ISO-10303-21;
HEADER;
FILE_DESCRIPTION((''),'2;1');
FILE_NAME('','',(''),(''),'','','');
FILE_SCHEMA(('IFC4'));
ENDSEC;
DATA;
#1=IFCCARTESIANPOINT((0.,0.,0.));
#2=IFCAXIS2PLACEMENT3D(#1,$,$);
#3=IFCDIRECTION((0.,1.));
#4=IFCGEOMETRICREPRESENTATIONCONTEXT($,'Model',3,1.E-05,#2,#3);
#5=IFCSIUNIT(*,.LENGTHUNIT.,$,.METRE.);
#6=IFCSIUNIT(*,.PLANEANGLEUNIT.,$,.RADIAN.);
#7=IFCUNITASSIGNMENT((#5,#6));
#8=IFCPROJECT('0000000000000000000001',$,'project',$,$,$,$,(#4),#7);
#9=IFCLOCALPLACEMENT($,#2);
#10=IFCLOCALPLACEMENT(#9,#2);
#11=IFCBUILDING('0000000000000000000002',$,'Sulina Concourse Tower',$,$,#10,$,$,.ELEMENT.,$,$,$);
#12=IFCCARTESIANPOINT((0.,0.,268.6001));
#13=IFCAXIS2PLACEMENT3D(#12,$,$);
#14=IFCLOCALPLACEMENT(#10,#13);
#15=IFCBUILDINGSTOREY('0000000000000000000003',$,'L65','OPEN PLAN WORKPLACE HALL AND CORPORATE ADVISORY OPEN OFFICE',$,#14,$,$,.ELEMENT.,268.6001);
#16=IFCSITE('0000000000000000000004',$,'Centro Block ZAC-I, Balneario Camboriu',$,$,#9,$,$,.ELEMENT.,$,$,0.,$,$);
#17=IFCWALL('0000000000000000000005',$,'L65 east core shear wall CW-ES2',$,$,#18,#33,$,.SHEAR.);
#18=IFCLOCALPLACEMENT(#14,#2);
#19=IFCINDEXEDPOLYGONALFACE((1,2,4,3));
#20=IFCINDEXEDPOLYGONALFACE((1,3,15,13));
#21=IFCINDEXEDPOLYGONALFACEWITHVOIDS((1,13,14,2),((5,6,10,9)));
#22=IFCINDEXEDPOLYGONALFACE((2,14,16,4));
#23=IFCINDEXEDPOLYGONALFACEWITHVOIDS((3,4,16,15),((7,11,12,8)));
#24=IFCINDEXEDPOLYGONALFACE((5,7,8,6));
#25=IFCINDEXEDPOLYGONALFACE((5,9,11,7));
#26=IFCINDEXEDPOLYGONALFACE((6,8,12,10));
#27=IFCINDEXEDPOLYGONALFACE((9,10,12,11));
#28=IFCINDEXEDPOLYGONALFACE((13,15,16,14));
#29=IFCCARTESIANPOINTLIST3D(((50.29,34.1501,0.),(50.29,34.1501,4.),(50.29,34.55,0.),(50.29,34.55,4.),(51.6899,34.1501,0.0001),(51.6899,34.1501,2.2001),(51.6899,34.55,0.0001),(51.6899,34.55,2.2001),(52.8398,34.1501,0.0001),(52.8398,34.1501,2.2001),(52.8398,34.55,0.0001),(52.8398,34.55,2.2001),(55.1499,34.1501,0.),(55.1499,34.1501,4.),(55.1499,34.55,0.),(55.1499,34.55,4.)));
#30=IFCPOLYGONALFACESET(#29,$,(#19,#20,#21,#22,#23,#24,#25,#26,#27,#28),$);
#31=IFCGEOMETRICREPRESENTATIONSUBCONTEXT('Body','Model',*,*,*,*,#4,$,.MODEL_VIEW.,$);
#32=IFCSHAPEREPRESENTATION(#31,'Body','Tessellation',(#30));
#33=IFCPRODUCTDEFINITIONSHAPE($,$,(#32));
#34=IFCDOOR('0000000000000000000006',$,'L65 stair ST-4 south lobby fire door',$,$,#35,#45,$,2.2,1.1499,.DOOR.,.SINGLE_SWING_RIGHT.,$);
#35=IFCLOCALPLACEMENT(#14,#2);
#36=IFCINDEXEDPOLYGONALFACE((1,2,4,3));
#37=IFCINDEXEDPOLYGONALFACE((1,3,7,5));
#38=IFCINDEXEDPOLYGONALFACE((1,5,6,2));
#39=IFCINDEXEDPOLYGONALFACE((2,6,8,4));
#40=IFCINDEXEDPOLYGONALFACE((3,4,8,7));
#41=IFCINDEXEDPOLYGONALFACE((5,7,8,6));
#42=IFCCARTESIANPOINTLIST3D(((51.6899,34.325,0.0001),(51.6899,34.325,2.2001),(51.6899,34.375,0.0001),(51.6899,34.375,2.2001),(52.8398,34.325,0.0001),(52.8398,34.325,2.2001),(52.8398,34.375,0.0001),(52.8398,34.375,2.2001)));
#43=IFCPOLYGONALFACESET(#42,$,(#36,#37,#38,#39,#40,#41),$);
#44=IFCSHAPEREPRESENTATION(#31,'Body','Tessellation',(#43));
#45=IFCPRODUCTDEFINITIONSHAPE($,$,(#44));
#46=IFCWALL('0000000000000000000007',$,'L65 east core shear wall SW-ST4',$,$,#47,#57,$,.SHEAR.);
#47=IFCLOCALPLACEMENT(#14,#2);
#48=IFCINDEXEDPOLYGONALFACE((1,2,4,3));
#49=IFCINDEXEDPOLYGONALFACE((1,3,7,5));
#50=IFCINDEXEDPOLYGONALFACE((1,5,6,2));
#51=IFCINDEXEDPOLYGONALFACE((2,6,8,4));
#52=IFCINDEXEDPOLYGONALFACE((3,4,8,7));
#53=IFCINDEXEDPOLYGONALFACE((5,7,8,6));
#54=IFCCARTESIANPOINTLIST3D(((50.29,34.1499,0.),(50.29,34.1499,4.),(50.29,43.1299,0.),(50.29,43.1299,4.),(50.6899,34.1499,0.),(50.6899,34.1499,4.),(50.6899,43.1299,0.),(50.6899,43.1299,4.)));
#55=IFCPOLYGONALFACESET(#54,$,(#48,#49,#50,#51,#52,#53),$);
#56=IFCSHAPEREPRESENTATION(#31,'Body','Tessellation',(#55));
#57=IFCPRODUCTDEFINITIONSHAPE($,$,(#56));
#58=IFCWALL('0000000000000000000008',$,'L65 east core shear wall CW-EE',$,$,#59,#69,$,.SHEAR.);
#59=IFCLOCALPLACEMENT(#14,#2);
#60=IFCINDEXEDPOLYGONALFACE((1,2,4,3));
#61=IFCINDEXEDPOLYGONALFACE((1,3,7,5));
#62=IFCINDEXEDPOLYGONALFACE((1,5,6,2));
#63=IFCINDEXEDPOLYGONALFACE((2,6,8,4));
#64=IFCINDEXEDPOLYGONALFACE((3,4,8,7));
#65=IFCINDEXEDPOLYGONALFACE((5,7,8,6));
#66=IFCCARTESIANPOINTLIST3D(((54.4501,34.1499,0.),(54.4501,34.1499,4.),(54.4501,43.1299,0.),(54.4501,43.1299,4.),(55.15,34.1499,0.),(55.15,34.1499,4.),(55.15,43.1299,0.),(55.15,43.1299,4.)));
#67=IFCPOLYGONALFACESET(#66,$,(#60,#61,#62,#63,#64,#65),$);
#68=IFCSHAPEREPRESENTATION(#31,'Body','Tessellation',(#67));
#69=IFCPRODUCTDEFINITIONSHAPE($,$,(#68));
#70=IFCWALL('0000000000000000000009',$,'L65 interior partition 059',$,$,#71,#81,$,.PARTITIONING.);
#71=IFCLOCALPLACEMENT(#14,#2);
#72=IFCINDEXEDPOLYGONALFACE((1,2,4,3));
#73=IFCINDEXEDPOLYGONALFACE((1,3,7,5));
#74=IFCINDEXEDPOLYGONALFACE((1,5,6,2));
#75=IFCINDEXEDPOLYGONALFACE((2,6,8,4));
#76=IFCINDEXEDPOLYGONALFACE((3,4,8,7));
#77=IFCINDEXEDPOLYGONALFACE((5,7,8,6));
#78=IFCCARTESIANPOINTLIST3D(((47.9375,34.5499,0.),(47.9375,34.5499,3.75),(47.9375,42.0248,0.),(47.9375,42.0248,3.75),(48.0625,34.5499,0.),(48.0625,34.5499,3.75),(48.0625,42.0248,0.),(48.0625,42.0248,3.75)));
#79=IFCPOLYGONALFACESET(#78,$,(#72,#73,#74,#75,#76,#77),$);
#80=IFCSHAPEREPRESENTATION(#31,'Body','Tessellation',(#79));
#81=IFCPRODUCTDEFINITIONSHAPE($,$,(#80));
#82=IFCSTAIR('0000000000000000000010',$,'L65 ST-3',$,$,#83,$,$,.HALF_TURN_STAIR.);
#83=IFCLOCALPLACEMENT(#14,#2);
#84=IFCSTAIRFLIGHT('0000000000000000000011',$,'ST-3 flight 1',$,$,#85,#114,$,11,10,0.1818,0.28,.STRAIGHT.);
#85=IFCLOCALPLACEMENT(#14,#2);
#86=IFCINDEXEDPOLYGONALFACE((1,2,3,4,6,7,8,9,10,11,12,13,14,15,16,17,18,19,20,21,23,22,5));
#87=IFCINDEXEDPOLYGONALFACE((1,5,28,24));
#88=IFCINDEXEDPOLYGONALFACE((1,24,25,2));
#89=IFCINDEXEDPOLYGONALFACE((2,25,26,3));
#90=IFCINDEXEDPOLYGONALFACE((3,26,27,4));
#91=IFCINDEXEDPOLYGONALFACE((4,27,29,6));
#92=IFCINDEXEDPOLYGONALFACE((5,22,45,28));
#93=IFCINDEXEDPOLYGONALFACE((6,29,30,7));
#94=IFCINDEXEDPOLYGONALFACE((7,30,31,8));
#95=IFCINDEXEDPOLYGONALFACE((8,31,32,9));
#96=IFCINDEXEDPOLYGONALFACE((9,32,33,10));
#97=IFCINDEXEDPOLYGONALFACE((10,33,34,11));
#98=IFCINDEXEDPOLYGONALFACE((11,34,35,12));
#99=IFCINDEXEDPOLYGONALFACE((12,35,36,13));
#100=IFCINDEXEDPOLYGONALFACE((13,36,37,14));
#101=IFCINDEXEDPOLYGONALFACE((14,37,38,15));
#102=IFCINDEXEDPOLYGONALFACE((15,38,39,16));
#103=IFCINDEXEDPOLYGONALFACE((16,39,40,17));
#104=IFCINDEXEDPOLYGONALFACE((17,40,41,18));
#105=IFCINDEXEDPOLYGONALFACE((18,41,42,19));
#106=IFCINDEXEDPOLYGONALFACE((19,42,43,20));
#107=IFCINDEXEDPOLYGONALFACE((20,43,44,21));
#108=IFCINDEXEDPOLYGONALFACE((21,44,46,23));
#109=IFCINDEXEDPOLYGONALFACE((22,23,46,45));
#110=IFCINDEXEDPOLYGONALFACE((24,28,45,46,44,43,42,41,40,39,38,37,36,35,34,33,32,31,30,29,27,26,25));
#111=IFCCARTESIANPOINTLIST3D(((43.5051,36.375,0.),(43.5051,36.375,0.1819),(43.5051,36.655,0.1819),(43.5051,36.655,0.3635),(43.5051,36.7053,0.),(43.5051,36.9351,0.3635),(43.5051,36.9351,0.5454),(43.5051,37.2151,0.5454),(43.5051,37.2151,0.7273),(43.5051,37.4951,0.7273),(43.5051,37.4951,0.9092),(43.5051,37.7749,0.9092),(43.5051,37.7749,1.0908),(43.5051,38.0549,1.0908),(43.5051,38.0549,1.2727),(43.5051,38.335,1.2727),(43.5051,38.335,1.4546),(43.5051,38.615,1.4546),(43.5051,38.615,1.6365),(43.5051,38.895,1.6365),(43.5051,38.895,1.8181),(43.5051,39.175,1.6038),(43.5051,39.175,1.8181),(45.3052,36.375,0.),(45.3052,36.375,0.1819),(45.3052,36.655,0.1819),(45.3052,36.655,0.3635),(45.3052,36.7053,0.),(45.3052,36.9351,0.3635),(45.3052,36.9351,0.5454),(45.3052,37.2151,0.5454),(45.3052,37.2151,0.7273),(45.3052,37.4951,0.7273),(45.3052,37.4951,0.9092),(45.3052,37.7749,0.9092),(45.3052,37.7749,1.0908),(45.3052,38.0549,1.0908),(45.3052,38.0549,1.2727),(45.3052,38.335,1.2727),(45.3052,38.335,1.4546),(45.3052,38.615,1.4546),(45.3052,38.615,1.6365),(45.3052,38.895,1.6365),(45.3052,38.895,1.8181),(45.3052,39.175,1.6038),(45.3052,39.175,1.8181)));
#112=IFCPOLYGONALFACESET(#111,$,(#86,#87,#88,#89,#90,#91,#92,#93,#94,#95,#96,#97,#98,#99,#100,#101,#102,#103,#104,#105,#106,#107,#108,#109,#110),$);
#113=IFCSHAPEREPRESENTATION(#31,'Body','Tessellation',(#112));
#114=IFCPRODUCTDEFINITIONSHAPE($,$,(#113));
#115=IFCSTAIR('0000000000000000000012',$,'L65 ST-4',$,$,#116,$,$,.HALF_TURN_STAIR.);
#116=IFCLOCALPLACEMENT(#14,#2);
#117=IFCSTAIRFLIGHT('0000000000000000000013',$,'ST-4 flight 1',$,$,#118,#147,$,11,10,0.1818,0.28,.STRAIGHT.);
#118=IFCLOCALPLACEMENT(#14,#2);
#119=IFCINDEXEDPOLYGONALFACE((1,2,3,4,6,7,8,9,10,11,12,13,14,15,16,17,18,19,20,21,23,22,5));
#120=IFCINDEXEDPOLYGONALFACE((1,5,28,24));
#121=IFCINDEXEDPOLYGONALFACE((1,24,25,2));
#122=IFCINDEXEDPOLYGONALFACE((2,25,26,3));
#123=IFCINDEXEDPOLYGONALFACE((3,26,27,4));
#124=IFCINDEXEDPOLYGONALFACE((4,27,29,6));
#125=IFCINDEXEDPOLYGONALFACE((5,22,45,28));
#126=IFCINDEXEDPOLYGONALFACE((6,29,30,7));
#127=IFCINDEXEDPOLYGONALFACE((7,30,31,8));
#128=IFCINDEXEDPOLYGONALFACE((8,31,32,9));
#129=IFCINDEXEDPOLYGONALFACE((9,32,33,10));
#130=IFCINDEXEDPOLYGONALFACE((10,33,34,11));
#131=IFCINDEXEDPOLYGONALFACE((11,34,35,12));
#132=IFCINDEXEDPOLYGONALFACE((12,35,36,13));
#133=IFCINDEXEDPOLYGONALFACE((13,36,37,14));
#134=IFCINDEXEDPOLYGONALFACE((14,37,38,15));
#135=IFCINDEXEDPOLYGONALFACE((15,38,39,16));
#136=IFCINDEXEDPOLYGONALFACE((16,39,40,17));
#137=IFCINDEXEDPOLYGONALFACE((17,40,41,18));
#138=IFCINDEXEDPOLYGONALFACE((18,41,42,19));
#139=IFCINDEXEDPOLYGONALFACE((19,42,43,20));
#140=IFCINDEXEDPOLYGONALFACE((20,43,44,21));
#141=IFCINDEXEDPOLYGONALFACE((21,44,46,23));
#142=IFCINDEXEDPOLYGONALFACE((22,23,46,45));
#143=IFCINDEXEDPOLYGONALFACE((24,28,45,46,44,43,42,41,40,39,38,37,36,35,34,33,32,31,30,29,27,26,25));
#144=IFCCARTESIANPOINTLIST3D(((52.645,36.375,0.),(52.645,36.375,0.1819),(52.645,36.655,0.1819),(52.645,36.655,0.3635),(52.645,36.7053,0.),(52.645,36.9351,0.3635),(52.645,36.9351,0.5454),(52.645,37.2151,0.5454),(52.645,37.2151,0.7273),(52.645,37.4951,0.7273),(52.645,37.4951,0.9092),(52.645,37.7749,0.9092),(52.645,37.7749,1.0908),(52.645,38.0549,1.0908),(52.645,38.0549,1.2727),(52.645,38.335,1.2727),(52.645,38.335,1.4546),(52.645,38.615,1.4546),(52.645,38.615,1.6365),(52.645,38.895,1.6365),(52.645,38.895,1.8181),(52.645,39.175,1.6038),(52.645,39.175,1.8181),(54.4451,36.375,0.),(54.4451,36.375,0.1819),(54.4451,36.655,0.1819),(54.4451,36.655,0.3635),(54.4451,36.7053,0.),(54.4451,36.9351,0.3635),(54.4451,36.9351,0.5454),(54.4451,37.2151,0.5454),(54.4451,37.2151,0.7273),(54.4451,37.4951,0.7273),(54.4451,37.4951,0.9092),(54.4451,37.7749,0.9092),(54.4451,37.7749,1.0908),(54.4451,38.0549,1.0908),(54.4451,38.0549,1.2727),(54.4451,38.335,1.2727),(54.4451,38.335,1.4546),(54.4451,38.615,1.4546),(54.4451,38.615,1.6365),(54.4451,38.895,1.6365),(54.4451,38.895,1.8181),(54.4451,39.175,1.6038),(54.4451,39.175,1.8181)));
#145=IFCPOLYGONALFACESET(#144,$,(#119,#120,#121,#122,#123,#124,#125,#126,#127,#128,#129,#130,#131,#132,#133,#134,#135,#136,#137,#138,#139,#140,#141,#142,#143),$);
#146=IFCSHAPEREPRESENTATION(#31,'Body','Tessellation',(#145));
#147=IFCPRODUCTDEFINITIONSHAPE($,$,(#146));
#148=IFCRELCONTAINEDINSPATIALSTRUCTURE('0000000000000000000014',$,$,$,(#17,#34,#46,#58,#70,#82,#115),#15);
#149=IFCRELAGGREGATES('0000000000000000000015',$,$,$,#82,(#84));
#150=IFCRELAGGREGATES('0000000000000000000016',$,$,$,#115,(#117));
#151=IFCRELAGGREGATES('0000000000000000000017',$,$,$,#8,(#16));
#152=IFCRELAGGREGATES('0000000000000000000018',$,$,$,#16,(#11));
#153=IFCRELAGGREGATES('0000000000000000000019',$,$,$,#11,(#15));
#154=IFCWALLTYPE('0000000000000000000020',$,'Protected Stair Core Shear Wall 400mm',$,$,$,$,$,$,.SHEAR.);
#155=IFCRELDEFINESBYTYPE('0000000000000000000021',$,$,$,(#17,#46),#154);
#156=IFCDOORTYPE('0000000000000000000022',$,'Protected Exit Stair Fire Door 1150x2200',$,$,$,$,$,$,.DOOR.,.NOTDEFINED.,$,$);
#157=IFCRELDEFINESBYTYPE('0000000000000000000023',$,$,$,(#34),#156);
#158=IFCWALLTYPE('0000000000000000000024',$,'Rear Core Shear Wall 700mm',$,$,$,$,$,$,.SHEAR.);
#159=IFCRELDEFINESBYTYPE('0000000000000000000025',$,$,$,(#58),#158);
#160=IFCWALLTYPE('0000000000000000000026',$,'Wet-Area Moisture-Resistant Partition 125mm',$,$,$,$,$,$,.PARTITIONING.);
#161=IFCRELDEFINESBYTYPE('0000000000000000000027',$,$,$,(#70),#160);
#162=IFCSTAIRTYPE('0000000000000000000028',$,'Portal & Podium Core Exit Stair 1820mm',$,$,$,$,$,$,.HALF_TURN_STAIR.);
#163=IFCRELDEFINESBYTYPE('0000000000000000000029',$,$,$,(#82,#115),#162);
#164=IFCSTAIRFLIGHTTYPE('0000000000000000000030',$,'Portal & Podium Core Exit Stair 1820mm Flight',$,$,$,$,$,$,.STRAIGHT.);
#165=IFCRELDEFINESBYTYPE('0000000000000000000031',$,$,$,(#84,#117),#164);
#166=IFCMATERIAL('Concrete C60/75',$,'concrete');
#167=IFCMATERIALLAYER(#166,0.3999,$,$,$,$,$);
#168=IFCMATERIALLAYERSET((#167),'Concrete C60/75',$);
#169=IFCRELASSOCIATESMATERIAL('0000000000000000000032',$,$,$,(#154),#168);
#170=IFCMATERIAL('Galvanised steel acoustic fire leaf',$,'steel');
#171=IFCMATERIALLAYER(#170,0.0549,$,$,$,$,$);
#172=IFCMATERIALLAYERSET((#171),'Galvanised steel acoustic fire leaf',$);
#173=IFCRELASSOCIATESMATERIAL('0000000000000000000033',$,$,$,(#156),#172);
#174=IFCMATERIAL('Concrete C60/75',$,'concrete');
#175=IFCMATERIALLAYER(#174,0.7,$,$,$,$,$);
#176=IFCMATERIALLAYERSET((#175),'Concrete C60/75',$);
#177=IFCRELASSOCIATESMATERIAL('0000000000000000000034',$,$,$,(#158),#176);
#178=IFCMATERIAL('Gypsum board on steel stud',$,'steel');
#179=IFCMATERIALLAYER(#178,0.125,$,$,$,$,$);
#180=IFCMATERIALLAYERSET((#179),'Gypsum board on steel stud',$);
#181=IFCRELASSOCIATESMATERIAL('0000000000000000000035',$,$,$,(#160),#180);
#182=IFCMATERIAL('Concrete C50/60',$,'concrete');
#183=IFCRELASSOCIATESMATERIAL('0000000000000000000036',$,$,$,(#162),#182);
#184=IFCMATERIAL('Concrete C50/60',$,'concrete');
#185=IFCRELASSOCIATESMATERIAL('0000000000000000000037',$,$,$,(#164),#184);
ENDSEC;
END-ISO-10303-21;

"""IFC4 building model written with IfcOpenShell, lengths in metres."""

from ifc_helpers import new_model, si_unit, direction, frame, frame_2d, origin, place, context, subcontext, project, spatial, polyline, rectangle, outline, extrude, material, layer, layer_set, type_object, element, fill, aggregate, save


model = new_model("IFC4")

# Units and contexts
model_context = context("Model", 3, precision=1e-05, world=origin(), true_north=direction((0.0, 1.0)))
body_context = subcontext(model_context, "Body", "Model", "MODEL_VIEW")
ifc_project = project(units=[si_unit("LENGTHUNIT", "METRE"), si_unit("PLANEANGLEUNIT", "RADIAN")], contexts=[model_context])

# Site, building, storey
site_placement = place(None, origin())
site = spatial("IfcSite", under=ifc_project, at=site_placement, Name="Centro Block ZAC-I, Balneario Camboriu", CompositionType="ELEMENT", RefElevation=0.0)
building_placement = place(site_placement, origin())
building = spatial("IfcBuilding", under=site, at=building_placement, Name="Sulina Concourse Tower", CompositionType="ELEMENT")
storey_placement = place(building_placement, frame((0.0, 0.0, 268.6001)))
storey = spatial("IfcBuildingStorey", under=building, at=storey_placement, Name="L65", Description="OPEN PLAN WORKPLACE HALL AND CORPORATE ADVISORY OPEN OFFICE", CompositionType="ELEMENT", Elevation=268.6001)

# Shared definitions
ifc_material_1 = material(Name="Concrete C60/75", Category="concrete")
ifc_layer_1 = layer(ifc_material_1, 0.3999)
ifc_layer_set_1 = layer_set([ifc_layer_1], Name="Concrete C60/75")
wall_type_1 = type_object("IfcWallType", Name="Protected Stair Core Shear Wall 400mm", PredefinedType="SHEAR", material=ifc_layer_set_1)

# Wall, opening, door
wall_1_placement = place(storey_placement, frame((50.29, 34.3501, 0.0), z_axis=(0.0, 0.0, 1.0), x_axis=(1.0, 0.0, 0.0)))
wall_1 = element("IfcWall", 1, at=wall_1_placement, inside=storey, type_object=wall_type_1, Name="L65 east core shear wall CW-ES2", PredefinedType="SHEAR", context=body_context, shape_type="SweptSolid", body=[
    extrude(rectangle(XDim=4.8599, YDim=0.3999, at=frame_2d((2.4299, 0.0))), origin(), (0.0, 0.0, 1.0), 4.0),
])
opening_1_placement = place(wall_1_placement, frame((1.3999, 0.0, 0.0)))
opening_1 = element("IfcOpeningElement", 2, at=opening_1_placement, cuts=wall_1, PredefinedType="OPENING", context=body_context, shape_type="SweptSolid", body=[
    extrude(rectangle(XDim=1.1499, YDim=2.2, at=frame_2d((0.575, 1.1001))), frame((0.0, 0.21, 0.0), z_axis=(0.0, -1.0, 0.0), x_axis=(1.0, 0.0, 0.0)), (0.0, 0.0, 1.0), 0.4199),
])
ifc_material_2 = material(Name="Galvanised steel acoustic fire leaf", Category="steel")
ifc_layer_2 = layer(ifc_material_2, 0.0549)
ifc_layer_set_2 = layer_set([ifc_layer_2], Name="Galvanised steel acoustic fire leaf")
door_type_1 = type_object("IfcDoorType", Name="Protected Exit Stair Fire Door 1150x2200", OperationType="NOTDEFINED", PredefinedType="DOOR", material=ifc_layer_set_2)
door_1_placement = place(opening_1_placement, origin())
door_1 = element("IfcDoor", 3, at=door_1_placement, inside=storey, type_object=door_type_1, Name="L65 stair ST-4 south lobby fire door", OperationType="SINGLE_SWING_RIGHT", OverallHeight=2.2, OverallWidth=1.1499, PredefinedType="DOOR", context=body_context, shape_type="SweptSolid", body=[
    extrude(rectangle(XDim=1.1499, YDim=2.2, at=frame_2d((0.575, 1.1001))), frame((0.0, 0.0249, 0.0), z_axis=(0.0, -1.0, 0.0), x_axis=(1.0, 0.0, 0.0)), (0.0, 0.0, 1.0), 0.05),
])
fill(opening_1, door_1)

# Walls
wall_2_placement = place(storey_placement, frame((50.49, 34.1499, 0.0), z_axis=(0.0, 0.0, 1.0), x_axis=(0.0, 1.0, 0.0)))
element("IfcWall", 4, at=wall_2_placement, inside=storey, type_object=wall_type_1, Name="L65 east core shear wall SW-ST4", PredefinedType="SHEAR", context=body_context, shape_type="SweptSolid", body=[
    extrude(rectangle(XDim=8.98, YDim=0.3999, at=frame_2d((4.49, 0.0))), origin(), (0.0, 0.0, 1.0), 4.0),
])
ifc_material_3 = material(Name="Concrete C60/75", Category="concrete")
ifc_layer_3 = layer(ifc_material_3, 0.7)
ifc_layer_set_3 = layer_set([ifc_layer_3], Name="Concrete C60/75")
wall_type_2 = type_object("IfcWallType", Name="Rear Core Shear Wall 700mm", PredefinedType="SHEAR", material=ifc_layer_set_3)
wall_3_placement = place(storey_placement, frame((54.8, 34.1499, 0.0), z_axis=(0.0, 0.0, 1.0), x_axis=(0.0, 1.0, 0.0)))
element("IfcWall", 5, at=wall_3_placement, inside=storey, type_object=wall_type_2, Name="L65 east core shear wall CW-EE", PredefinedType="SHEAR", context=body_context, shape_type="SweptSolid", body=[
    extrude(rectangle(XDim=8.98, YDim=0.7, at=frame_2d((4.49, 0.0))), origin(), (0.0, 0.0, 1.0), 4.0),
])
ifc_material_4 = material(Name="Gypsum board on steel stud", Category="steel")
ifc_layer_4 = layer(ifc_material_4, 0.125)
ifc_layer_set_4 = layer_set([ifc_layer_4], Name="Gypsum board on steel stud")
wall_type_3 = type_object("IfcWallType", Name="Wet-Area Moisture-Resistant Partition 125mm", PredefinedType="PARTITIONING", material=ifc_layer_set_4)
wall_4_placement = place(storey_placement, frame((48.0, 34.55, 0.0), z_axis=(0.0, 0.0, 1.0), x_axis=(0.0, 1.0, 0.0)))
element("IfcWall", 6, at=wall_4_placement, inside=storey, type_object=wall_type_3, Name="L65 interior partition 059", PredefinedType="PARTITIONING", context=body_context, shape_type="SweptSolid", body=[
    extrude(rectangle(XDim=7.4749, YDim=0.125, at=frame_2d((3.7373, 0.0))), origin(), (0.0, 0.0, 1.0), 3.75),
])

# Stairs, stair flights
ifc_material_5 = material(Name="Concrete C50/60", Category="concrete")
stair_type = type_object("IfcStairType", Name="Portal & Podium Core Exit Stair 1820mm", PredefinedType="HALF_TURN_STAIR", material=ifc_material_5)
stair_1_placement = place(storey_placement, origin())
stair_1 = element("IfcStair", 7, at=stair_1_placement, inside=storey, type_object=stair_type, Name="L65 ST-3", PredefinedType="HALF_TURN_STAIR")
ifc_material_6 = material(Name="Concrete C50/60", Category="concrete")
stair_flight_type = type_object("IfcStairFlightType", Name="Portal & Podium Core Exit Stair 1820mm Flight", PredefinedType="STRAIGHT", material=ifc_material_6)
stair_flight_1_placement = place(storey_placement, frame((44.405, 36.375, 0.0), z_axis=(0.0, 0.0, 1.0), x_axis=(0.0, 1.0, 0.0)))
stair_flight_1 = element("IfcStairFlight", 8, at=stair_flight_1_placement, type_object=stair_flight_type, Name="ST-3 flight 1", NumberOfRisers=11, NumberOfTreads=10, PredefinedType="STRAIGHT", RiserHeight=0.1818, TreadLength=0.28, context=body_context, shape_type="SweptSolid", body=[
    extrude(outline(polyline([(0.0, 0.0), (0.0, 0.1819), (0.28, 0.1819), (0.28, 0.3635), (0.5601, 0.3635), (0.5601, 0.5454), (0.8401, 0.5454), (0.8401, 0.7273), (1.1201, 0.7273), (1.1201, 0.9092), (1.3999, 0.9092), (1.3999, 1.0908), (1.6799, 1.0908), (1.6799, 1.2727), (1.96, 1.2727), (1.96, 1.4546), (2.24, 1.4546), (2.24, 1.6365), (2.52, 1.6365), (2.52, 1.8181), (2.8, 1.8181), (2.8, 2.0), (2.8, 1.6038), (0.3303, 0.0), (0.0, 0.0)])), frame((0.0, 0.8999, 0.0), z_axis=(0.0, -1.0, 0.0), x_axis=(1.0, 0.0, 0.0)), (0.0, 0.0, 1.0), 1.8),
])
aggregate(stair_1, [stair_flight_1])
stair_2_placement = place(storey_placement, origin())
stair_2 = element("IfcStair", 9, at=stair_2_placement, inside=storey, type_object=stair_type, Name="L65 ST-4", PredefinedType="HALF_TURN_STAIR")
stair_flight_2_placement = place(storey_placement, frame((53.5449, 36.375, 0.0), z_axis=(0.0, 0.0, 1.0), x_axis=(0.0, 1.0, 0.0)))
stair_flight_2 = element("IfcStairFlight", 10, at=stair_flight_2_placement, type_object=stair_flight_type, Name="ST-4 flight 1", NumberOfRisers=11, NumberOfTreads=10, PredefinedType="STRAIGHT", RiserHeight=0.1818, TreadLength=0.28, context=body_context, shape_type="SweptSolid", body=[
    extrude(outline(polyline([(0.0, 0.0), (0.0, 0.1819), (0.28, 0.1819), (0.28, 0.3635), (0.5601, 0.3635), (0.5601, 0.5454), (0.8401, 0.5454), (0.8401, 0.7273), (1.1201, 0.7273), (1.1201, 0.9092), (1.3999, 0.9092), (1.3999, 1.0908), (1.6799, 1.0908), (1.6799, 1.2727), (1.96, 1.2727), (1.96, 1.4546), (2.24, 1.4546), (2.24, 1.6365), (2.52, 1.6365), (2.52, 1.8181), (2.8, 1.8181), (2.8, 2.0), (2.8, 1.6038), (0.3303, 0.0), (0.0, 0.0)])), frame((0.0, 0.8999, 0.0), z_axis=(0.0, -1.0, 0.0), x_axis=(1.0, 0.0, 0.0)), (0.0, 0.0, 1.0), 1.8),
])
aggregate(stair_2, [stair_flight_2])

save(model, "model.ifc")
